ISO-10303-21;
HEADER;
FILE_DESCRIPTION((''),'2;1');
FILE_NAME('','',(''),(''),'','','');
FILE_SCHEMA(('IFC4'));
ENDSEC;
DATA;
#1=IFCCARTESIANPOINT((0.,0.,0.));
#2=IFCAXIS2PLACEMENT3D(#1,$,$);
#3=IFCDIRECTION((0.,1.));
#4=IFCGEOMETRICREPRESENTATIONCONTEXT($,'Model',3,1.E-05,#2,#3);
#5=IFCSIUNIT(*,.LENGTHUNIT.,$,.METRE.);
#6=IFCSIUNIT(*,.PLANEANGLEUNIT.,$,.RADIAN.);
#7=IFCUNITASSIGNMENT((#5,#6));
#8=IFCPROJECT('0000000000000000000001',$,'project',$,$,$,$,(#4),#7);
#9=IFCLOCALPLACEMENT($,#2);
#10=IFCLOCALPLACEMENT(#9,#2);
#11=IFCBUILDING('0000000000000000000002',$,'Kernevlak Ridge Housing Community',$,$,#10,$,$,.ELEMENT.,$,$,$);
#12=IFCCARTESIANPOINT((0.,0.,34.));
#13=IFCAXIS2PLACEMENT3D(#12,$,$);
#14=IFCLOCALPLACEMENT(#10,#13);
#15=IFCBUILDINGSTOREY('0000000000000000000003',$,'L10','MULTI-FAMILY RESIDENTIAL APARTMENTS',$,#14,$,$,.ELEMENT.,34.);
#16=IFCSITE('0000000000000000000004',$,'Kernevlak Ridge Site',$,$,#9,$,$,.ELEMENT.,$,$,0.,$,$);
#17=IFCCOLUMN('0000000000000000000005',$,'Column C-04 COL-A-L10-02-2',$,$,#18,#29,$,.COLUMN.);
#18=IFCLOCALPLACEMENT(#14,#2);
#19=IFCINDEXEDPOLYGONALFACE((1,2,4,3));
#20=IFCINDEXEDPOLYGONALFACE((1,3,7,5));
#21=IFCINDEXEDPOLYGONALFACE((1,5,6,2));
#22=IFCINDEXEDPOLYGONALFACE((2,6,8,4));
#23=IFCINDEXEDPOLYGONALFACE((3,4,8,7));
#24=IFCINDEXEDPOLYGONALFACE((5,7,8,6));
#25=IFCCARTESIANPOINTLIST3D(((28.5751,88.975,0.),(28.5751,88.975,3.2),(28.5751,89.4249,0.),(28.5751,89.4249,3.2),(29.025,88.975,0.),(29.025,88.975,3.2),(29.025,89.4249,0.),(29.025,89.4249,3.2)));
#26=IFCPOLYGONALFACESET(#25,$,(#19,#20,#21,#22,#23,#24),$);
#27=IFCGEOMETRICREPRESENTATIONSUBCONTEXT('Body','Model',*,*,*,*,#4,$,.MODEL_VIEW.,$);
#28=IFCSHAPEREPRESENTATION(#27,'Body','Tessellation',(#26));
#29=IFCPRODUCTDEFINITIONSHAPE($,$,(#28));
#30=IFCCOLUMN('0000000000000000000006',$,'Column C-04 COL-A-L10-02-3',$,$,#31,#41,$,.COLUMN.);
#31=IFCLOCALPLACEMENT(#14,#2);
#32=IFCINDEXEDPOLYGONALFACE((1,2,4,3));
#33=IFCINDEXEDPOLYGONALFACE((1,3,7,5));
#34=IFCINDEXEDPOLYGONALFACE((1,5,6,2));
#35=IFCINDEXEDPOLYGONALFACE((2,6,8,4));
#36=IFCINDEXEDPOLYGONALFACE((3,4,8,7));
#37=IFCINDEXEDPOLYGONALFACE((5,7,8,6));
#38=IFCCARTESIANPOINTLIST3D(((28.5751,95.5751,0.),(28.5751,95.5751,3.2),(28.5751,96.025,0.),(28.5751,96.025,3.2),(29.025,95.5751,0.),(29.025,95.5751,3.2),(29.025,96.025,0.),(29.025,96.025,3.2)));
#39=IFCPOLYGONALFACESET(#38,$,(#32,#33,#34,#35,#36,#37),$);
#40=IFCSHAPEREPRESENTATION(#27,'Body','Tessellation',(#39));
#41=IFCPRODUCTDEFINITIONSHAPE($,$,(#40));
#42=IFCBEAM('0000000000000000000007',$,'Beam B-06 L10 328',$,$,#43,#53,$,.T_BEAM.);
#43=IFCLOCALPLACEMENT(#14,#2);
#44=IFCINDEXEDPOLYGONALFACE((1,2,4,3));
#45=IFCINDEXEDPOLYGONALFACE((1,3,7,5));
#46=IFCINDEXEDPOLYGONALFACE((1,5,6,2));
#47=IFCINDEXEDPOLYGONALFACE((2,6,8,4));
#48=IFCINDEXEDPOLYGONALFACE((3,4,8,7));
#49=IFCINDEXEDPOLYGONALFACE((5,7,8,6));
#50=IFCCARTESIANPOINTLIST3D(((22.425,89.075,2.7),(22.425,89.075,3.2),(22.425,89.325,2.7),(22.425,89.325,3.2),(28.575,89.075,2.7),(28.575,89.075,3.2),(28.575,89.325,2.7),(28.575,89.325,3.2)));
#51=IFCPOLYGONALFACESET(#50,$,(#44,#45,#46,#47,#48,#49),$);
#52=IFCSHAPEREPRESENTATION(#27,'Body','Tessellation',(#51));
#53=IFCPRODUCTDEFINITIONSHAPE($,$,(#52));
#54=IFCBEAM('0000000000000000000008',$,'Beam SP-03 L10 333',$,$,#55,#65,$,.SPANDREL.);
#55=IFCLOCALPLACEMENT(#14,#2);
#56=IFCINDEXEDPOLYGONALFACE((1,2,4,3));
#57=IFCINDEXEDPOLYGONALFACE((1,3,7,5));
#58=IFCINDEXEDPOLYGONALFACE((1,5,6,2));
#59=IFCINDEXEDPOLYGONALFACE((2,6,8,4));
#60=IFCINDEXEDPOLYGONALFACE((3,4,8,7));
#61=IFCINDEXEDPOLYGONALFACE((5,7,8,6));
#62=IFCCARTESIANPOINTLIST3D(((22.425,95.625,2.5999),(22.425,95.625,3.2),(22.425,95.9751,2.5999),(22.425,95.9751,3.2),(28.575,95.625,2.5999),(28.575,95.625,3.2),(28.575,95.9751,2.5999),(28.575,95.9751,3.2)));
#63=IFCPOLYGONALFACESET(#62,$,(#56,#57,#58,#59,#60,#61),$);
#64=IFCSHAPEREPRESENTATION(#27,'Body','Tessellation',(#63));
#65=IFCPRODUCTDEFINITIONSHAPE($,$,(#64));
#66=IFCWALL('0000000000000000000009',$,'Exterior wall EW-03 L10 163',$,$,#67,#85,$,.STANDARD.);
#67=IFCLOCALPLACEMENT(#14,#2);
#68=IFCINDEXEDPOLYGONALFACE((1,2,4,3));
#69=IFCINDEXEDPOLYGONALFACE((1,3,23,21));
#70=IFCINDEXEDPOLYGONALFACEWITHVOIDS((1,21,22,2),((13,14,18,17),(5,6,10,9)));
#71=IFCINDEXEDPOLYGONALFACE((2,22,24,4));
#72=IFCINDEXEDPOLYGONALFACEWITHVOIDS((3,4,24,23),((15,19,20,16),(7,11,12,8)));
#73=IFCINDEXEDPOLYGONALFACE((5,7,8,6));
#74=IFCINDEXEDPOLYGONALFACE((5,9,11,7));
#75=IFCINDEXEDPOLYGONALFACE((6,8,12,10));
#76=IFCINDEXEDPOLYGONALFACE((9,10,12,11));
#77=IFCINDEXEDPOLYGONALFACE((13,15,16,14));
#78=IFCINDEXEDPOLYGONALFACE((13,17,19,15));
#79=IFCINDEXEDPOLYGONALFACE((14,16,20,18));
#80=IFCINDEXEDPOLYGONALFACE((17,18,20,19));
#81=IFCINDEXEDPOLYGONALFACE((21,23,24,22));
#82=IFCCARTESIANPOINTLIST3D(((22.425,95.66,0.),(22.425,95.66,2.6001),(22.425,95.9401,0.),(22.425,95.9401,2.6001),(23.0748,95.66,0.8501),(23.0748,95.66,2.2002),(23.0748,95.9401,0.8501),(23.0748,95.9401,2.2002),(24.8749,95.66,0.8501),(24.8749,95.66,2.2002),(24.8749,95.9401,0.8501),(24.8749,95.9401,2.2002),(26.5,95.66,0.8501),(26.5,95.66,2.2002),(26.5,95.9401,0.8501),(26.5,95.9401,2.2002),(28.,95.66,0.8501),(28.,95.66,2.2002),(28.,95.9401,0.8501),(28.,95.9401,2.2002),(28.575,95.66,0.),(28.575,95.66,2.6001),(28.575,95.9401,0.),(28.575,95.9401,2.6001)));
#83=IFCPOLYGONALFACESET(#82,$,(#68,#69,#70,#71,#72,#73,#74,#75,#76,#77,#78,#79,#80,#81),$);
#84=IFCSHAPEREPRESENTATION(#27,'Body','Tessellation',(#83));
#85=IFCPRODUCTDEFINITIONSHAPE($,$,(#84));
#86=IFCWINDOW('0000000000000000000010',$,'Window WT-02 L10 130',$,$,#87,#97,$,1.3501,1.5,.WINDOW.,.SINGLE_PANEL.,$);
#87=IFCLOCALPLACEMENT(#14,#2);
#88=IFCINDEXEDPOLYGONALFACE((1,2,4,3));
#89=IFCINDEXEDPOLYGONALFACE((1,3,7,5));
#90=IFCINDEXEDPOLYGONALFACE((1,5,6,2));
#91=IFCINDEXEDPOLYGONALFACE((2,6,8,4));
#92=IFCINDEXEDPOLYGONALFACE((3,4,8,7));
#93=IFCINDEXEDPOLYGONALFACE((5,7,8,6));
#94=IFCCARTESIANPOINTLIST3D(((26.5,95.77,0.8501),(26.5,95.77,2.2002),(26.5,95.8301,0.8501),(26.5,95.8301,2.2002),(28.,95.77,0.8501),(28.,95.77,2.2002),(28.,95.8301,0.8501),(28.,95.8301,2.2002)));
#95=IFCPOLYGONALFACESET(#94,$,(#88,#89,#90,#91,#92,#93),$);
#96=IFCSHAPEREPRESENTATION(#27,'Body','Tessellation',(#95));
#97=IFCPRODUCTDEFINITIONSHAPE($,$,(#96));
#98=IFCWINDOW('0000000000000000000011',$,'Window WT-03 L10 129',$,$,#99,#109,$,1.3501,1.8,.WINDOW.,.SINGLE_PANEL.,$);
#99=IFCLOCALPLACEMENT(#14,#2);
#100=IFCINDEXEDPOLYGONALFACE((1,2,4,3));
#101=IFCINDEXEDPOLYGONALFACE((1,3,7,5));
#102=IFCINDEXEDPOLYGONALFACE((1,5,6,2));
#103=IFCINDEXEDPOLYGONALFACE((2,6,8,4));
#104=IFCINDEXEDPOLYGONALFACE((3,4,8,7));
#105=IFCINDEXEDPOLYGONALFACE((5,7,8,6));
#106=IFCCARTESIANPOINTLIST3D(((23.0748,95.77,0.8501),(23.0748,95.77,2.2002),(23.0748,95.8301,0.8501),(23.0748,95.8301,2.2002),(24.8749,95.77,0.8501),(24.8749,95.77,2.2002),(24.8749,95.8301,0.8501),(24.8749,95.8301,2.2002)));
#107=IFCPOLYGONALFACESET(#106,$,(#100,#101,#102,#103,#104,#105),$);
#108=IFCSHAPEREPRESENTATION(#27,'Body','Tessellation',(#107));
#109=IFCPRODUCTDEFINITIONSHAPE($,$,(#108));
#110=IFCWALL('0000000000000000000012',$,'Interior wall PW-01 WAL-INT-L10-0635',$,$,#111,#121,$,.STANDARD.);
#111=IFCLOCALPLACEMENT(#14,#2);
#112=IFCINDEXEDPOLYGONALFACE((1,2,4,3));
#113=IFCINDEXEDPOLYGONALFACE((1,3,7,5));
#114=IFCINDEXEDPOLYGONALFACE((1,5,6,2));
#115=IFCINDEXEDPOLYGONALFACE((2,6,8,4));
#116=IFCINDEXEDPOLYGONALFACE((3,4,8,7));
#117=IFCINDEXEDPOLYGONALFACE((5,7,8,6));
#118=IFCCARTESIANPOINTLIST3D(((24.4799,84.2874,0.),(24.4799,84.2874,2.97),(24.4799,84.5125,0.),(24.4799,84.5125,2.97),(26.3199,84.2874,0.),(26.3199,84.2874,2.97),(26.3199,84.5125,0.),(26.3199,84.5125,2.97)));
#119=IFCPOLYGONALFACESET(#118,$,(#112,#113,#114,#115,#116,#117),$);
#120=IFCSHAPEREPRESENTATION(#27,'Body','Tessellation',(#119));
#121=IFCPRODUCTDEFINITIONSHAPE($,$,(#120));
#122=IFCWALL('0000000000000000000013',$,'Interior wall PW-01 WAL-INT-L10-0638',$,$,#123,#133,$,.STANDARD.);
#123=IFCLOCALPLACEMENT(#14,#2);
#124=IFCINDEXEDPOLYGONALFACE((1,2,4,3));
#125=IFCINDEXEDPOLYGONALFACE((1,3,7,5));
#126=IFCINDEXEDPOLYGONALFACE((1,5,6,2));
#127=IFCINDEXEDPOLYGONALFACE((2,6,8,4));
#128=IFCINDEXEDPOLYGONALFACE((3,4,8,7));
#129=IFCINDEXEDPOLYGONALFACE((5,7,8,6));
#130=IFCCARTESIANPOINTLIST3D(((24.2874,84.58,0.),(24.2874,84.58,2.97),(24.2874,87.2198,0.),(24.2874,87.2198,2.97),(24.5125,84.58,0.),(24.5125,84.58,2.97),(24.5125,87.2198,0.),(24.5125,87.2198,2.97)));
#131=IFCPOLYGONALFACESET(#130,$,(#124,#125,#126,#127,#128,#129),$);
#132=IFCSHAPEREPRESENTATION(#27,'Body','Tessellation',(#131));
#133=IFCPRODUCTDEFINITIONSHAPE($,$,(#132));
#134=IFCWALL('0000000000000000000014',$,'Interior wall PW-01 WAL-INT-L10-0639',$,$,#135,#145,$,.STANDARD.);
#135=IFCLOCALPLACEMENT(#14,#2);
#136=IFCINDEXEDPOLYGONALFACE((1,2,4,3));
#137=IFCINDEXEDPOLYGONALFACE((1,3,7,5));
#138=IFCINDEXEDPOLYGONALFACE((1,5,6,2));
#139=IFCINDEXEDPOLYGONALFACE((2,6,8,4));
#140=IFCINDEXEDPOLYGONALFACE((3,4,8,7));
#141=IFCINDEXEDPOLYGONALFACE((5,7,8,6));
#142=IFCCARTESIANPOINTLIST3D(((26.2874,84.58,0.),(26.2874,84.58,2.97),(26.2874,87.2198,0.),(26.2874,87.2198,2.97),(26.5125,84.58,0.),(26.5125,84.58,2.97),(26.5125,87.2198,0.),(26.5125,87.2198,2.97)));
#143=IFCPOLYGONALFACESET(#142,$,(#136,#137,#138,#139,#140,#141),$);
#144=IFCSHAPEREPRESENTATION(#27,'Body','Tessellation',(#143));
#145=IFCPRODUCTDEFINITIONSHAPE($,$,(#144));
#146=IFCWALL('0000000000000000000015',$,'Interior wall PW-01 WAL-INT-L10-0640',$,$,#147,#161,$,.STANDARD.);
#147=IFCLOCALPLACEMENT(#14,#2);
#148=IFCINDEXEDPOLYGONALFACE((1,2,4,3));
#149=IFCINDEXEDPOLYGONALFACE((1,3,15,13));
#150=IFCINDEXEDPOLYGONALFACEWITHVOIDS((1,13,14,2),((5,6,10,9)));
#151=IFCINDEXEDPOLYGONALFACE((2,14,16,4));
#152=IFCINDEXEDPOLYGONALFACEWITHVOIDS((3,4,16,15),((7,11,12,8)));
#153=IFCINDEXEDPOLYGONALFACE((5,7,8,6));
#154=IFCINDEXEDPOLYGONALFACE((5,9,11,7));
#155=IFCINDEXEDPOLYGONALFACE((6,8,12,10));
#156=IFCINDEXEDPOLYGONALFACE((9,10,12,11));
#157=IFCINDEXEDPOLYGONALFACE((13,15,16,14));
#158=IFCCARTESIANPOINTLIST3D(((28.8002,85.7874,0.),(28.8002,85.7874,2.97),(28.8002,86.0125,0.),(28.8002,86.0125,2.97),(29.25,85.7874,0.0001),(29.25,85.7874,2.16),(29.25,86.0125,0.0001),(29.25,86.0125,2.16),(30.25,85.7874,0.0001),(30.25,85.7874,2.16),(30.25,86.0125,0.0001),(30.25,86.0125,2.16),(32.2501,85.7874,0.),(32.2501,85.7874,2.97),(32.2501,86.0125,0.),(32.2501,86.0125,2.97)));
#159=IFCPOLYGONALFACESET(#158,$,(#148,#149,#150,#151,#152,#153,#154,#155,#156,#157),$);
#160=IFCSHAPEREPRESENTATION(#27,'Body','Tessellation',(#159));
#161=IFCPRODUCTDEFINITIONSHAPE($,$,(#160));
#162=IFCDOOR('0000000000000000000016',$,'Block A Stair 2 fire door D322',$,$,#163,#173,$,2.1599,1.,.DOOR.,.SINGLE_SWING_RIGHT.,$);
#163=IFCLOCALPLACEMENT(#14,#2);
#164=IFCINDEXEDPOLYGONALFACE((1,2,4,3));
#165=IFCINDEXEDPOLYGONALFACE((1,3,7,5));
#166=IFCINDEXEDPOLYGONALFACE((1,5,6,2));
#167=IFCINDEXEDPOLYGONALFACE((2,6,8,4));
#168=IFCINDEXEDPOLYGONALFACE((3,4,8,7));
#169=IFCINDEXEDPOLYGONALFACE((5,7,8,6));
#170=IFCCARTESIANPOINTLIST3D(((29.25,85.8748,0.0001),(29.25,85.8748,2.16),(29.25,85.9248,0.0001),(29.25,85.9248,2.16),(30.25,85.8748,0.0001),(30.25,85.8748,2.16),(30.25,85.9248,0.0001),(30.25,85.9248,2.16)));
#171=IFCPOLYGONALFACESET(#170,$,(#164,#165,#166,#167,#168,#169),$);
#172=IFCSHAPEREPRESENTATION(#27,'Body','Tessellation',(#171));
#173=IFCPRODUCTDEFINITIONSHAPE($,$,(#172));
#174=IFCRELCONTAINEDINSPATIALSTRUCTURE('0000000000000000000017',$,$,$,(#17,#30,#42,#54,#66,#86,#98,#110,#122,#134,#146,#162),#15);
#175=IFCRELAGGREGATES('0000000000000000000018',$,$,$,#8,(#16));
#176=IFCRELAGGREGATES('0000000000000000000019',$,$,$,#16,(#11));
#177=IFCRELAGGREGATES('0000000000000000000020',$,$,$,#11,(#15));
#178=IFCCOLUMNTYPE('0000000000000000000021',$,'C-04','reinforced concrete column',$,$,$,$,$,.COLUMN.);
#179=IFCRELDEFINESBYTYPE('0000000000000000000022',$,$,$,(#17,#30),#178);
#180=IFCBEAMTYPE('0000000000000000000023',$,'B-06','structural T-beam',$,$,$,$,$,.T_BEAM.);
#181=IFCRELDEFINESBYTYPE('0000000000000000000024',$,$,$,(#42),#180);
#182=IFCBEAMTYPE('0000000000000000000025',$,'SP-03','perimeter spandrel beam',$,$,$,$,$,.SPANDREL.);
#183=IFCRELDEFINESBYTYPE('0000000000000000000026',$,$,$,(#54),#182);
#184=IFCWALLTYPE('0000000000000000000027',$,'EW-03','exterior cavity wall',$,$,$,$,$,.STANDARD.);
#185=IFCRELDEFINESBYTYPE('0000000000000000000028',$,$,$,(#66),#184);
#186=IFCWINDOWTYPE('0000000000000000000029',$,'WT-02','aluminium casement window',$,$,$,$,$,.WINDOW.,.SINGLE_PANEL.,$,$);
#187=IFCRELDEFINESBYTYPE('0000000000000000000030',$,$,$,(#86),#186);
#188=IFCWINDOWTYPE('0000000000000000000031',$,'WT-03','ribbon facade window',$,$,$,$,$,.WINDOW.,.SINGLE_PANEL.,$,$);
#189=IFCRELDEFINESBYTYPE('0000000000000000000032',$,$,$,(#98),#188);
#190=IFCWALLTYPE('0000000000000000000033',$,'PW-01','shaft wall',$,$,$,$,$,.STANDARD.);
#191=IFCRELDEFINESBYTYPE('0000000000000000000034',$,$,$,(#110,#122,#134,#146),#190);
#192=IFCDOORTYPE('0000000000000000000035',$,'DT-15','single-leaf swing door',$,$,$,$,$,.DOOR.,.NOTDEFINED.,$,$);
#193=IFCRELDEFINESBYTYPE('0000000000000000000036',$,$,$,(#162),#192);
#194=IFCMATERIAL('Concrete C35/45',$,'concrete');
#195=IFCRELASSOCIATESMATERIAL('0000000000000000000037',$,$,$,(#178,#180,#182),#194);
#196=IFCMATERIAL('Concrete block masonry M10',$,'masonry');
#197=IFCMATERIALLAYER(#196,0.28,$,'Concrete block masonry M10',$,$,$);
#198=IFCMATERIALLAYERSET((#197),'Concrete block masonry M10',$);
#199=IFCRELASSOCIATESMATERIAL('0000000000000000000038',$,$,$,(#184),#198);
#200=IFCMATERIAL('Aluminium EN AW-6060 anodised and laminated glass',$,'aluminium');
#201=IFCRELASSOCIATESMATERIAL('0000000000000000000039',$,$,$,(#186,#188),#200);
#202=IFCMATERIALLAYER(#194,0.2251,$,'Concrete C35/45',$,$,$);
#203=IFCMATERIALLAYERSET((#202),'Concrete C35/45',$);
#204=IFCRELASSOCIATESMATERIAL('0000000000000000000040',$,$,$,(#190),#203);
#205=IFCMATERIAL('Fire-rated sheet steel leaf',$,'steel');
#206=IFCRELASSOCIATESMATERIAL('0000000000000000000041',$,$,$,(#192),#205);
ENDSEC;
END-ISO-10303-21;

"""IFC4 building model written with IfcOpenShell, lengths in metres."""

from ifc_helpers import new_model, si_unit, direction, frame, frame_2d, origin, origin_2d, place, context, subcontext, project, spatial, rectangle, extrude, material, layer, layer_set, material_profile, profile_set, type_object, element, fill, save


model = new_model("IFC4")

# Units and contexts
model_context = context("Model", 3, precision=1e-05, world=origin(), true_north=direction((0.0, 1.0)))
body_context = subcontext(model_context, "Body", "Model", "MODEL_VIEW")
ifc_project = project(units=[si_unit("LENGTHUNIT", "METRE"), si_unit("PLANEANGLEUNIT", "RADIAN")], contexts=[model_context])

# Site, building, storey
site_placement = place(None, origin())
site = spatial("IfcSite", under=ifc_project, at=site_placement, Name="Kernevlak Ridge Site", CompositionType="ELEMENT", RefElevation=0.0)
building_placement = place(site_placement, origin())
building = spatial("IfcBuilding", under=site, at=building_placement, Name="Kernevlak Ridge Housing Community", CompositionType="ELEMENT")
storey_placement = place(building_placement, frame((0.0, 0.0, 34.0)))
storey = spatial("IfcBuildingStorey", under=building, at=storey_placement, Name="L10", Description="MULTI-FAMILY RESIDENTIAL APARTMENTS", CompositionType="ELEMENT", Elevation=34.0)

# Columns
ifc_material_1 = material(Name="Concrete C35/45", Category="concrete")
ifc_material_profile_1 = material_profile(ifc_material_1, rectangle(XDim=0.45, YDim=0.45, at=origin_2d()), Name="RC 450x450")
ifc_profile_set_1 = profile_set([ifc_material_profile_1], Name="Concrete C35/45")
column_type = type_object("IfcColumnType", Name="C-04", Description="reinforced concrete column", PredefinedType="COLUMN", material=ifc_profile_set_1)
for number, where, z_axis, x_axis, name in (
    (1, (28.8, 89.2, 0.0), (0.0, 0.0, 1.0), (1.0, 0.0, 0.0), "Column C-04 COL-A-L10-02-2"),
    (2, (28.8, 95.8, 0.0), (0.0, 0.0, 1.0), (1.0, 0.0, 0.0), "Column C-04 COL-A-L10-02-3"),
):
    element("IfcColumn", number, at=place(storey_placement, frame(where, z_axis=z_axis, x_axis=x_axis)), inside=storey, type_object=column_type, Name=name, PredefinedType="COLUMN", context=body_context, shape_type="SweptSolid", body=[
        extrude(rectangle(XDim=0.45, YDim=0.45, at=origin_2d()), origin(), (0.0, 0.0, 1.0), 3.2),
    ])

# Beams
ifc_material_profile_2 = material_profile(ifc_material_1, rectangle(XDim=0.25, YDim=0.5, at=origin_2d()), Name="RC 250x500")
ifc_profile_set_2 = profile_set([ifc_material_profile_2], Name="Concrete C35/45")
beam_type_1 = type_object("IfcBeamType", Name="B-06", Description="structural T-beam", PredefinedType="T_BEAM", material=ifc_profile_set_2)
beam_1_placement = place(storey_placement, frame((22.425, 89.2, 2.95), z_axis=(1.0, 0.0, 0.0), x_axis=(0.0, 1.0, 0.0)))
element("IfcBeam", 3, at=beam_1_placement, inside=storey, type_object=beam_type_1, Name="Beam B-06 L10 328", PredefinedType="T_BEAM", context=body_context, shape_type="SweptSolid", body=[
    extrude(rectangle(XDim=0.25, YDim=0.5, at=origin_2d()), origin(), (0.0, 0.0, 1.0), 6.1499),
])
ifc_material_profile_3 = material_profile(ifc_material_1, rectangle(XDim=0.3501, YDim=0.6001, at=origin_2d()), Name="RC 350x600")
ifc_profile_set_3 = profile_set([ifc_material_profile_3], Name="Concrete C35/45")
beam_type_2 = type_object("IfcBeamType", Name="SP-03", Description="perimeter spandrel beam", PredefinedType="SPANDREL", material=ifc_profile_set_3)
beam_2_placement = place(storey_placement, frame((22.425, 95.8, 2.8999), z_axis=(1.0, 0.0, 0.0), x_axis=(0.0, 1.0, 0.0)))
element("IfcBeam", 4, at=beam_2_placement, inside=storey, type_object=beam_type_2, Name="Beam SP-03 L10 333", PredefinedType="SPANDREL", context=body_context, shape_type="SweptSolid", body=[
    extrude(rectangle(XDim=0.3501, YDim=0.6001, at=origin_2d()), origin(), (0.0, 0.0, 1.0), 6.1499),
])

# Wall, openings, windows
ifc_material_2 = material(Name="Concrete block masonry M10", Category="masonry")
ifc_layer_1 = layer(ifc_material_2, 0.28, Name="Concrete block masonry M10")
ifc_layer_set_1 = layer_set([ifc_layer_1], Name="Concrete block masonry M10")
wall_type_1 = type_object("IfcWallType", Name="EW-03", Description="exterior cavity wall", PredefinedType="STANDARD", material=ifc_layer_set_1)
wall_1_placement = place(storey_placement, frame((22.425, 95.8, 0.0), z_axis=(0.0, 0.0, 1.0), x_axis=(1.0, 0.0, 0.0)))
wall_1 = element("IfcWall", 5, at=wall_1_placement, inside=storey, type_object=wall_type_1, Name="Exterior wall EW-03 L10 163", PredefinedType="STANDARD", context=body_context, shape_type="SweptSolid", body=[
    extrude(rectangle(XDim=6.1499, YDim=0.28, at=frame_2d((3.075, 0.0))), origin(), (0.0, 0.0, 1.0), 2.6001),
])
opening_1_placement = place(wall_1_placement, frame((0.6499, 0.0, 0.8501)))
opening_1 = element("IfcOpeningElement", 6, at=opening_1_placement, cuts=wall_1, PredefinedType="OPENING", context=body_context, shape_type="SweptSolid", body=[
    extrude(rectangle(XDim=1.8, YDim=1.3501, at=frame_2d((0.8999, 0.675))), frame((0.0, 0.1499, 0.0), z_axis=(0.0, -1.0, 0.0), x_axis=(1.0, 0.0, 0.0)), (0.0, 0.0, 1.0), 0.3),
])
opening_2_placement = place(wall_1_placement, frame((4.075, 0.0, 0.8501)))
opening_2 = element("IfcOpeningElement", 7, at=opening_2_placement, cuts=wall_1, PredefinedType="OPENING", context=body_context, shape_type="SweptSolid", body=[
    extrude(rectangle(XDim=1.5, YDim=1.3501, at=frame_2d((0.75, 0.675))), frame((0.0, 0.1499, 0.0), z_axis=(0.0, -1.0, 0.0), x_axis=(1.0, 0.0, 0.0)), (0.0, 0.0, 1.0), 0.3),
])
ifc_material_3 = material(Name="Aluminium EN AW-6060 anodised and laminated glass", Category="aluminium")
window_type_1 = type_object("IfcWindowType", Name="WT-02", Description="aluminium casement window", PartitioningType="SINGLE_PANEL", PredefinedType="WINDOW", material=ifc_material_3)
window_1_placement = place(opening_2_placement, origin())
window_1 = element("IfcWindow", 8, at=window_1_placement, inside=storey, type_object=window_type_1, Name="Window WT-02 L10 130", OverallHeight=1.3501, OverallWidth=1.5, PartitioningType="SINGLE_PANEL", PredefinedType="WINDOW", context=body_context, shape_type="SweptSolid", body=[
    extrude(rectangle(XDim=1.5, YDim=1.3501, at=frame_2d((0.75, 0.675))), frame((0.0, 0.03, 0.0), z_axis=(0.0, -1.0, 0.0), x_axis=(1.0, 0.0, 0.0)), (0.0, 0.0, 1.0), 0.0601),
])
fill(opening_2, window_1)
window_type_2 = type_object("IfcWindowType", Name="WT-03", Description="ribbon facade window", PartitioningType="SINGLE_PANEL", PredefinedType="WINDOW", material=ifc_material_3)
window_2_placement = place(opening_1_placement, origin())
window_2 = element("IfcWindow", 9, at=window_2_placement, inside=storey, type_object=window_type_2, Name="Window WT-03 L10 129", OverallHeight=1.3501, OverallWidth=1.8, PartitioningType="SINGLE_PANEL", PredefinedType="WINDOW", context=body_context, shape_type="SweptSolid", body=[
    extrude(rectangle(XDim=1.8, YDim=1.3501, at=frame_2d((0.8999, 0.675))), frame((0.0, 0.03, 0.0), z_axis=(0.0, -1.0, 0.0), x_axis=(1.0, 0.0, 0.0)), (0.0, 0.0, 1.0), 0.0601),
])
fill(opening_1, window_2)

# Walls
ifc_layer_2 = layer(ifc_material_1, 0.2251, Name="Concrete C35/45")
ifc_layer_set_2 = layer_set([ifc_layer_2], Name="Concrete C35/45")
wall_type_2 = type_object("IfcWallType", Name="PW-01", Description="shaft wall", PredefinedType="STANDARD", material=ifc_layer_set_2)
wall_2_placement = place(storey_placement, frame((24.48, 84.3999, 0.0), z_axis=(0.0, 0.0, 1.0), x_axis=(1.0, 0.0, 0.0)))
element("IfcWall", 10, at=wall_2_placement, inside=storey, type_object=wall_type_2, Name="Interior wall PW-01 WAL-INT-L10-0635", PredefinedType="STANDARD", context=body_context, shape_type="SweptSolid", body=[
    extrude(rectangle(XDim=1.8401, YDim=0.2251, at=frame_2d((0.9199, 0.0))), origin(), (0.0, 0.0, 1.0), 2.97),
])
for number, where, z_axis, x_axis, name in (
    (11, (24.3999, 84.5801, 0.0), (0.0, 0.0, 1.0), (0.0, 1.0, 0.0), "Interior wall PW-01 WAL-INT-L10-0638"),
    (12, (26.3999, 84.5801, 0.0), (0.0, 0.0, 1.0), (0.0, 1.0, 0.0), "Interior wall PW-01 WAL-INT-L10-0639"),
):
    element("IfcWall", number, at=place(storey_placement, frame(where, z_axis=z_axis, x_axis=x_axis)), inside=storey, type_object=wall_type_2, Name=name, PredefinedType="STANDARD", context=body_context, shape_type="SweptSolid", body=[
        extrude(rectangle(XDim=2.6399, YDim=0.2251, at=frame_2d((1.3198, 0.0))), origin(), (0.0, 0.0, 1.0), 2.97),
    ])

# Wall, opening, door
wall_3_placement = place(storey_placement, frame((28.8, 85.8999, 0.0), z_axis=(0.0, 0.0, 1.0), x_axis=(1.0, 0.0, 0.0)))
wall_3 = element("IfcWall", 13, at=wall_3_placement, inside=storey, type_object=wall_type_2, Name="Interior wall PW-01 WAL-INT-L10-0640", PredefinedType="STANDARD", context=body_context, shape_type="SweptSolid", body=[
    extrude(rectangle(XDim=3.45, YDim=0.2251, at=frame_2d((1.7251, 0.0))), origin(), (0.0, 0.0, 1.0), 2.97),
])
opening_3_placement = place(wall_3_placement, frame((0.45, 0.0, 0.0)))
opening_3 = element("IfcOpeningElement", 14, at=opening_3_placement, cuts=wall_3, PredefinedType="OPENING", context=body_context, shape_type="SweptSolid", body=[
    extrude(rectangle(XDim=1.0, YDim=2.1599, at=frame_2d((0.5, 1.0801))), frame((0.0, 0.1226, 0.0), z_axis=(0.0, -1.0, 0.0), x_axis=(1.0, 0.0, 0.0)), (0.0, 0.0, 1.0), 0.2451),
])
ifc_material_4 = material(Name="Fire-rated sheet steel leaf", Category="steel")
door_type_1 = type_object("IfcDoorType", Name="DT-15", Description="single-leaf swing door", OperationType="NOTDEFINED", PredefinedType="DOOR", material=ifc_material_4)
door_1_placement = place(opening_3_placement, origin())
door_1 = element("IfcDoor", 15, at=door_1_placement, inside=storey, type_object=door_type_1, Name="Block A Stair 2 fire door D322", OperationType="SINGLE_SWING_RIGHT", OverallHeight=2.1599, OverallWidth=1.0, PredefinedType="DOOR", context=body_context, shape_type="SweptSolid", body=[
    extrude(rectangle(XDim=1.0, YDim=2.1599, at=frame_2d((0.5, 1.0801))), frame((0.0, 0.0249, 0.0), z_axis=(0.0, -1.0, 0.0), x_axis=(1.0, 0.0, 0.0)), (0.0, 0.0, 1.0), 0.05),
])
fill(opening_3, door_1)

save(model, "model.ifc")
